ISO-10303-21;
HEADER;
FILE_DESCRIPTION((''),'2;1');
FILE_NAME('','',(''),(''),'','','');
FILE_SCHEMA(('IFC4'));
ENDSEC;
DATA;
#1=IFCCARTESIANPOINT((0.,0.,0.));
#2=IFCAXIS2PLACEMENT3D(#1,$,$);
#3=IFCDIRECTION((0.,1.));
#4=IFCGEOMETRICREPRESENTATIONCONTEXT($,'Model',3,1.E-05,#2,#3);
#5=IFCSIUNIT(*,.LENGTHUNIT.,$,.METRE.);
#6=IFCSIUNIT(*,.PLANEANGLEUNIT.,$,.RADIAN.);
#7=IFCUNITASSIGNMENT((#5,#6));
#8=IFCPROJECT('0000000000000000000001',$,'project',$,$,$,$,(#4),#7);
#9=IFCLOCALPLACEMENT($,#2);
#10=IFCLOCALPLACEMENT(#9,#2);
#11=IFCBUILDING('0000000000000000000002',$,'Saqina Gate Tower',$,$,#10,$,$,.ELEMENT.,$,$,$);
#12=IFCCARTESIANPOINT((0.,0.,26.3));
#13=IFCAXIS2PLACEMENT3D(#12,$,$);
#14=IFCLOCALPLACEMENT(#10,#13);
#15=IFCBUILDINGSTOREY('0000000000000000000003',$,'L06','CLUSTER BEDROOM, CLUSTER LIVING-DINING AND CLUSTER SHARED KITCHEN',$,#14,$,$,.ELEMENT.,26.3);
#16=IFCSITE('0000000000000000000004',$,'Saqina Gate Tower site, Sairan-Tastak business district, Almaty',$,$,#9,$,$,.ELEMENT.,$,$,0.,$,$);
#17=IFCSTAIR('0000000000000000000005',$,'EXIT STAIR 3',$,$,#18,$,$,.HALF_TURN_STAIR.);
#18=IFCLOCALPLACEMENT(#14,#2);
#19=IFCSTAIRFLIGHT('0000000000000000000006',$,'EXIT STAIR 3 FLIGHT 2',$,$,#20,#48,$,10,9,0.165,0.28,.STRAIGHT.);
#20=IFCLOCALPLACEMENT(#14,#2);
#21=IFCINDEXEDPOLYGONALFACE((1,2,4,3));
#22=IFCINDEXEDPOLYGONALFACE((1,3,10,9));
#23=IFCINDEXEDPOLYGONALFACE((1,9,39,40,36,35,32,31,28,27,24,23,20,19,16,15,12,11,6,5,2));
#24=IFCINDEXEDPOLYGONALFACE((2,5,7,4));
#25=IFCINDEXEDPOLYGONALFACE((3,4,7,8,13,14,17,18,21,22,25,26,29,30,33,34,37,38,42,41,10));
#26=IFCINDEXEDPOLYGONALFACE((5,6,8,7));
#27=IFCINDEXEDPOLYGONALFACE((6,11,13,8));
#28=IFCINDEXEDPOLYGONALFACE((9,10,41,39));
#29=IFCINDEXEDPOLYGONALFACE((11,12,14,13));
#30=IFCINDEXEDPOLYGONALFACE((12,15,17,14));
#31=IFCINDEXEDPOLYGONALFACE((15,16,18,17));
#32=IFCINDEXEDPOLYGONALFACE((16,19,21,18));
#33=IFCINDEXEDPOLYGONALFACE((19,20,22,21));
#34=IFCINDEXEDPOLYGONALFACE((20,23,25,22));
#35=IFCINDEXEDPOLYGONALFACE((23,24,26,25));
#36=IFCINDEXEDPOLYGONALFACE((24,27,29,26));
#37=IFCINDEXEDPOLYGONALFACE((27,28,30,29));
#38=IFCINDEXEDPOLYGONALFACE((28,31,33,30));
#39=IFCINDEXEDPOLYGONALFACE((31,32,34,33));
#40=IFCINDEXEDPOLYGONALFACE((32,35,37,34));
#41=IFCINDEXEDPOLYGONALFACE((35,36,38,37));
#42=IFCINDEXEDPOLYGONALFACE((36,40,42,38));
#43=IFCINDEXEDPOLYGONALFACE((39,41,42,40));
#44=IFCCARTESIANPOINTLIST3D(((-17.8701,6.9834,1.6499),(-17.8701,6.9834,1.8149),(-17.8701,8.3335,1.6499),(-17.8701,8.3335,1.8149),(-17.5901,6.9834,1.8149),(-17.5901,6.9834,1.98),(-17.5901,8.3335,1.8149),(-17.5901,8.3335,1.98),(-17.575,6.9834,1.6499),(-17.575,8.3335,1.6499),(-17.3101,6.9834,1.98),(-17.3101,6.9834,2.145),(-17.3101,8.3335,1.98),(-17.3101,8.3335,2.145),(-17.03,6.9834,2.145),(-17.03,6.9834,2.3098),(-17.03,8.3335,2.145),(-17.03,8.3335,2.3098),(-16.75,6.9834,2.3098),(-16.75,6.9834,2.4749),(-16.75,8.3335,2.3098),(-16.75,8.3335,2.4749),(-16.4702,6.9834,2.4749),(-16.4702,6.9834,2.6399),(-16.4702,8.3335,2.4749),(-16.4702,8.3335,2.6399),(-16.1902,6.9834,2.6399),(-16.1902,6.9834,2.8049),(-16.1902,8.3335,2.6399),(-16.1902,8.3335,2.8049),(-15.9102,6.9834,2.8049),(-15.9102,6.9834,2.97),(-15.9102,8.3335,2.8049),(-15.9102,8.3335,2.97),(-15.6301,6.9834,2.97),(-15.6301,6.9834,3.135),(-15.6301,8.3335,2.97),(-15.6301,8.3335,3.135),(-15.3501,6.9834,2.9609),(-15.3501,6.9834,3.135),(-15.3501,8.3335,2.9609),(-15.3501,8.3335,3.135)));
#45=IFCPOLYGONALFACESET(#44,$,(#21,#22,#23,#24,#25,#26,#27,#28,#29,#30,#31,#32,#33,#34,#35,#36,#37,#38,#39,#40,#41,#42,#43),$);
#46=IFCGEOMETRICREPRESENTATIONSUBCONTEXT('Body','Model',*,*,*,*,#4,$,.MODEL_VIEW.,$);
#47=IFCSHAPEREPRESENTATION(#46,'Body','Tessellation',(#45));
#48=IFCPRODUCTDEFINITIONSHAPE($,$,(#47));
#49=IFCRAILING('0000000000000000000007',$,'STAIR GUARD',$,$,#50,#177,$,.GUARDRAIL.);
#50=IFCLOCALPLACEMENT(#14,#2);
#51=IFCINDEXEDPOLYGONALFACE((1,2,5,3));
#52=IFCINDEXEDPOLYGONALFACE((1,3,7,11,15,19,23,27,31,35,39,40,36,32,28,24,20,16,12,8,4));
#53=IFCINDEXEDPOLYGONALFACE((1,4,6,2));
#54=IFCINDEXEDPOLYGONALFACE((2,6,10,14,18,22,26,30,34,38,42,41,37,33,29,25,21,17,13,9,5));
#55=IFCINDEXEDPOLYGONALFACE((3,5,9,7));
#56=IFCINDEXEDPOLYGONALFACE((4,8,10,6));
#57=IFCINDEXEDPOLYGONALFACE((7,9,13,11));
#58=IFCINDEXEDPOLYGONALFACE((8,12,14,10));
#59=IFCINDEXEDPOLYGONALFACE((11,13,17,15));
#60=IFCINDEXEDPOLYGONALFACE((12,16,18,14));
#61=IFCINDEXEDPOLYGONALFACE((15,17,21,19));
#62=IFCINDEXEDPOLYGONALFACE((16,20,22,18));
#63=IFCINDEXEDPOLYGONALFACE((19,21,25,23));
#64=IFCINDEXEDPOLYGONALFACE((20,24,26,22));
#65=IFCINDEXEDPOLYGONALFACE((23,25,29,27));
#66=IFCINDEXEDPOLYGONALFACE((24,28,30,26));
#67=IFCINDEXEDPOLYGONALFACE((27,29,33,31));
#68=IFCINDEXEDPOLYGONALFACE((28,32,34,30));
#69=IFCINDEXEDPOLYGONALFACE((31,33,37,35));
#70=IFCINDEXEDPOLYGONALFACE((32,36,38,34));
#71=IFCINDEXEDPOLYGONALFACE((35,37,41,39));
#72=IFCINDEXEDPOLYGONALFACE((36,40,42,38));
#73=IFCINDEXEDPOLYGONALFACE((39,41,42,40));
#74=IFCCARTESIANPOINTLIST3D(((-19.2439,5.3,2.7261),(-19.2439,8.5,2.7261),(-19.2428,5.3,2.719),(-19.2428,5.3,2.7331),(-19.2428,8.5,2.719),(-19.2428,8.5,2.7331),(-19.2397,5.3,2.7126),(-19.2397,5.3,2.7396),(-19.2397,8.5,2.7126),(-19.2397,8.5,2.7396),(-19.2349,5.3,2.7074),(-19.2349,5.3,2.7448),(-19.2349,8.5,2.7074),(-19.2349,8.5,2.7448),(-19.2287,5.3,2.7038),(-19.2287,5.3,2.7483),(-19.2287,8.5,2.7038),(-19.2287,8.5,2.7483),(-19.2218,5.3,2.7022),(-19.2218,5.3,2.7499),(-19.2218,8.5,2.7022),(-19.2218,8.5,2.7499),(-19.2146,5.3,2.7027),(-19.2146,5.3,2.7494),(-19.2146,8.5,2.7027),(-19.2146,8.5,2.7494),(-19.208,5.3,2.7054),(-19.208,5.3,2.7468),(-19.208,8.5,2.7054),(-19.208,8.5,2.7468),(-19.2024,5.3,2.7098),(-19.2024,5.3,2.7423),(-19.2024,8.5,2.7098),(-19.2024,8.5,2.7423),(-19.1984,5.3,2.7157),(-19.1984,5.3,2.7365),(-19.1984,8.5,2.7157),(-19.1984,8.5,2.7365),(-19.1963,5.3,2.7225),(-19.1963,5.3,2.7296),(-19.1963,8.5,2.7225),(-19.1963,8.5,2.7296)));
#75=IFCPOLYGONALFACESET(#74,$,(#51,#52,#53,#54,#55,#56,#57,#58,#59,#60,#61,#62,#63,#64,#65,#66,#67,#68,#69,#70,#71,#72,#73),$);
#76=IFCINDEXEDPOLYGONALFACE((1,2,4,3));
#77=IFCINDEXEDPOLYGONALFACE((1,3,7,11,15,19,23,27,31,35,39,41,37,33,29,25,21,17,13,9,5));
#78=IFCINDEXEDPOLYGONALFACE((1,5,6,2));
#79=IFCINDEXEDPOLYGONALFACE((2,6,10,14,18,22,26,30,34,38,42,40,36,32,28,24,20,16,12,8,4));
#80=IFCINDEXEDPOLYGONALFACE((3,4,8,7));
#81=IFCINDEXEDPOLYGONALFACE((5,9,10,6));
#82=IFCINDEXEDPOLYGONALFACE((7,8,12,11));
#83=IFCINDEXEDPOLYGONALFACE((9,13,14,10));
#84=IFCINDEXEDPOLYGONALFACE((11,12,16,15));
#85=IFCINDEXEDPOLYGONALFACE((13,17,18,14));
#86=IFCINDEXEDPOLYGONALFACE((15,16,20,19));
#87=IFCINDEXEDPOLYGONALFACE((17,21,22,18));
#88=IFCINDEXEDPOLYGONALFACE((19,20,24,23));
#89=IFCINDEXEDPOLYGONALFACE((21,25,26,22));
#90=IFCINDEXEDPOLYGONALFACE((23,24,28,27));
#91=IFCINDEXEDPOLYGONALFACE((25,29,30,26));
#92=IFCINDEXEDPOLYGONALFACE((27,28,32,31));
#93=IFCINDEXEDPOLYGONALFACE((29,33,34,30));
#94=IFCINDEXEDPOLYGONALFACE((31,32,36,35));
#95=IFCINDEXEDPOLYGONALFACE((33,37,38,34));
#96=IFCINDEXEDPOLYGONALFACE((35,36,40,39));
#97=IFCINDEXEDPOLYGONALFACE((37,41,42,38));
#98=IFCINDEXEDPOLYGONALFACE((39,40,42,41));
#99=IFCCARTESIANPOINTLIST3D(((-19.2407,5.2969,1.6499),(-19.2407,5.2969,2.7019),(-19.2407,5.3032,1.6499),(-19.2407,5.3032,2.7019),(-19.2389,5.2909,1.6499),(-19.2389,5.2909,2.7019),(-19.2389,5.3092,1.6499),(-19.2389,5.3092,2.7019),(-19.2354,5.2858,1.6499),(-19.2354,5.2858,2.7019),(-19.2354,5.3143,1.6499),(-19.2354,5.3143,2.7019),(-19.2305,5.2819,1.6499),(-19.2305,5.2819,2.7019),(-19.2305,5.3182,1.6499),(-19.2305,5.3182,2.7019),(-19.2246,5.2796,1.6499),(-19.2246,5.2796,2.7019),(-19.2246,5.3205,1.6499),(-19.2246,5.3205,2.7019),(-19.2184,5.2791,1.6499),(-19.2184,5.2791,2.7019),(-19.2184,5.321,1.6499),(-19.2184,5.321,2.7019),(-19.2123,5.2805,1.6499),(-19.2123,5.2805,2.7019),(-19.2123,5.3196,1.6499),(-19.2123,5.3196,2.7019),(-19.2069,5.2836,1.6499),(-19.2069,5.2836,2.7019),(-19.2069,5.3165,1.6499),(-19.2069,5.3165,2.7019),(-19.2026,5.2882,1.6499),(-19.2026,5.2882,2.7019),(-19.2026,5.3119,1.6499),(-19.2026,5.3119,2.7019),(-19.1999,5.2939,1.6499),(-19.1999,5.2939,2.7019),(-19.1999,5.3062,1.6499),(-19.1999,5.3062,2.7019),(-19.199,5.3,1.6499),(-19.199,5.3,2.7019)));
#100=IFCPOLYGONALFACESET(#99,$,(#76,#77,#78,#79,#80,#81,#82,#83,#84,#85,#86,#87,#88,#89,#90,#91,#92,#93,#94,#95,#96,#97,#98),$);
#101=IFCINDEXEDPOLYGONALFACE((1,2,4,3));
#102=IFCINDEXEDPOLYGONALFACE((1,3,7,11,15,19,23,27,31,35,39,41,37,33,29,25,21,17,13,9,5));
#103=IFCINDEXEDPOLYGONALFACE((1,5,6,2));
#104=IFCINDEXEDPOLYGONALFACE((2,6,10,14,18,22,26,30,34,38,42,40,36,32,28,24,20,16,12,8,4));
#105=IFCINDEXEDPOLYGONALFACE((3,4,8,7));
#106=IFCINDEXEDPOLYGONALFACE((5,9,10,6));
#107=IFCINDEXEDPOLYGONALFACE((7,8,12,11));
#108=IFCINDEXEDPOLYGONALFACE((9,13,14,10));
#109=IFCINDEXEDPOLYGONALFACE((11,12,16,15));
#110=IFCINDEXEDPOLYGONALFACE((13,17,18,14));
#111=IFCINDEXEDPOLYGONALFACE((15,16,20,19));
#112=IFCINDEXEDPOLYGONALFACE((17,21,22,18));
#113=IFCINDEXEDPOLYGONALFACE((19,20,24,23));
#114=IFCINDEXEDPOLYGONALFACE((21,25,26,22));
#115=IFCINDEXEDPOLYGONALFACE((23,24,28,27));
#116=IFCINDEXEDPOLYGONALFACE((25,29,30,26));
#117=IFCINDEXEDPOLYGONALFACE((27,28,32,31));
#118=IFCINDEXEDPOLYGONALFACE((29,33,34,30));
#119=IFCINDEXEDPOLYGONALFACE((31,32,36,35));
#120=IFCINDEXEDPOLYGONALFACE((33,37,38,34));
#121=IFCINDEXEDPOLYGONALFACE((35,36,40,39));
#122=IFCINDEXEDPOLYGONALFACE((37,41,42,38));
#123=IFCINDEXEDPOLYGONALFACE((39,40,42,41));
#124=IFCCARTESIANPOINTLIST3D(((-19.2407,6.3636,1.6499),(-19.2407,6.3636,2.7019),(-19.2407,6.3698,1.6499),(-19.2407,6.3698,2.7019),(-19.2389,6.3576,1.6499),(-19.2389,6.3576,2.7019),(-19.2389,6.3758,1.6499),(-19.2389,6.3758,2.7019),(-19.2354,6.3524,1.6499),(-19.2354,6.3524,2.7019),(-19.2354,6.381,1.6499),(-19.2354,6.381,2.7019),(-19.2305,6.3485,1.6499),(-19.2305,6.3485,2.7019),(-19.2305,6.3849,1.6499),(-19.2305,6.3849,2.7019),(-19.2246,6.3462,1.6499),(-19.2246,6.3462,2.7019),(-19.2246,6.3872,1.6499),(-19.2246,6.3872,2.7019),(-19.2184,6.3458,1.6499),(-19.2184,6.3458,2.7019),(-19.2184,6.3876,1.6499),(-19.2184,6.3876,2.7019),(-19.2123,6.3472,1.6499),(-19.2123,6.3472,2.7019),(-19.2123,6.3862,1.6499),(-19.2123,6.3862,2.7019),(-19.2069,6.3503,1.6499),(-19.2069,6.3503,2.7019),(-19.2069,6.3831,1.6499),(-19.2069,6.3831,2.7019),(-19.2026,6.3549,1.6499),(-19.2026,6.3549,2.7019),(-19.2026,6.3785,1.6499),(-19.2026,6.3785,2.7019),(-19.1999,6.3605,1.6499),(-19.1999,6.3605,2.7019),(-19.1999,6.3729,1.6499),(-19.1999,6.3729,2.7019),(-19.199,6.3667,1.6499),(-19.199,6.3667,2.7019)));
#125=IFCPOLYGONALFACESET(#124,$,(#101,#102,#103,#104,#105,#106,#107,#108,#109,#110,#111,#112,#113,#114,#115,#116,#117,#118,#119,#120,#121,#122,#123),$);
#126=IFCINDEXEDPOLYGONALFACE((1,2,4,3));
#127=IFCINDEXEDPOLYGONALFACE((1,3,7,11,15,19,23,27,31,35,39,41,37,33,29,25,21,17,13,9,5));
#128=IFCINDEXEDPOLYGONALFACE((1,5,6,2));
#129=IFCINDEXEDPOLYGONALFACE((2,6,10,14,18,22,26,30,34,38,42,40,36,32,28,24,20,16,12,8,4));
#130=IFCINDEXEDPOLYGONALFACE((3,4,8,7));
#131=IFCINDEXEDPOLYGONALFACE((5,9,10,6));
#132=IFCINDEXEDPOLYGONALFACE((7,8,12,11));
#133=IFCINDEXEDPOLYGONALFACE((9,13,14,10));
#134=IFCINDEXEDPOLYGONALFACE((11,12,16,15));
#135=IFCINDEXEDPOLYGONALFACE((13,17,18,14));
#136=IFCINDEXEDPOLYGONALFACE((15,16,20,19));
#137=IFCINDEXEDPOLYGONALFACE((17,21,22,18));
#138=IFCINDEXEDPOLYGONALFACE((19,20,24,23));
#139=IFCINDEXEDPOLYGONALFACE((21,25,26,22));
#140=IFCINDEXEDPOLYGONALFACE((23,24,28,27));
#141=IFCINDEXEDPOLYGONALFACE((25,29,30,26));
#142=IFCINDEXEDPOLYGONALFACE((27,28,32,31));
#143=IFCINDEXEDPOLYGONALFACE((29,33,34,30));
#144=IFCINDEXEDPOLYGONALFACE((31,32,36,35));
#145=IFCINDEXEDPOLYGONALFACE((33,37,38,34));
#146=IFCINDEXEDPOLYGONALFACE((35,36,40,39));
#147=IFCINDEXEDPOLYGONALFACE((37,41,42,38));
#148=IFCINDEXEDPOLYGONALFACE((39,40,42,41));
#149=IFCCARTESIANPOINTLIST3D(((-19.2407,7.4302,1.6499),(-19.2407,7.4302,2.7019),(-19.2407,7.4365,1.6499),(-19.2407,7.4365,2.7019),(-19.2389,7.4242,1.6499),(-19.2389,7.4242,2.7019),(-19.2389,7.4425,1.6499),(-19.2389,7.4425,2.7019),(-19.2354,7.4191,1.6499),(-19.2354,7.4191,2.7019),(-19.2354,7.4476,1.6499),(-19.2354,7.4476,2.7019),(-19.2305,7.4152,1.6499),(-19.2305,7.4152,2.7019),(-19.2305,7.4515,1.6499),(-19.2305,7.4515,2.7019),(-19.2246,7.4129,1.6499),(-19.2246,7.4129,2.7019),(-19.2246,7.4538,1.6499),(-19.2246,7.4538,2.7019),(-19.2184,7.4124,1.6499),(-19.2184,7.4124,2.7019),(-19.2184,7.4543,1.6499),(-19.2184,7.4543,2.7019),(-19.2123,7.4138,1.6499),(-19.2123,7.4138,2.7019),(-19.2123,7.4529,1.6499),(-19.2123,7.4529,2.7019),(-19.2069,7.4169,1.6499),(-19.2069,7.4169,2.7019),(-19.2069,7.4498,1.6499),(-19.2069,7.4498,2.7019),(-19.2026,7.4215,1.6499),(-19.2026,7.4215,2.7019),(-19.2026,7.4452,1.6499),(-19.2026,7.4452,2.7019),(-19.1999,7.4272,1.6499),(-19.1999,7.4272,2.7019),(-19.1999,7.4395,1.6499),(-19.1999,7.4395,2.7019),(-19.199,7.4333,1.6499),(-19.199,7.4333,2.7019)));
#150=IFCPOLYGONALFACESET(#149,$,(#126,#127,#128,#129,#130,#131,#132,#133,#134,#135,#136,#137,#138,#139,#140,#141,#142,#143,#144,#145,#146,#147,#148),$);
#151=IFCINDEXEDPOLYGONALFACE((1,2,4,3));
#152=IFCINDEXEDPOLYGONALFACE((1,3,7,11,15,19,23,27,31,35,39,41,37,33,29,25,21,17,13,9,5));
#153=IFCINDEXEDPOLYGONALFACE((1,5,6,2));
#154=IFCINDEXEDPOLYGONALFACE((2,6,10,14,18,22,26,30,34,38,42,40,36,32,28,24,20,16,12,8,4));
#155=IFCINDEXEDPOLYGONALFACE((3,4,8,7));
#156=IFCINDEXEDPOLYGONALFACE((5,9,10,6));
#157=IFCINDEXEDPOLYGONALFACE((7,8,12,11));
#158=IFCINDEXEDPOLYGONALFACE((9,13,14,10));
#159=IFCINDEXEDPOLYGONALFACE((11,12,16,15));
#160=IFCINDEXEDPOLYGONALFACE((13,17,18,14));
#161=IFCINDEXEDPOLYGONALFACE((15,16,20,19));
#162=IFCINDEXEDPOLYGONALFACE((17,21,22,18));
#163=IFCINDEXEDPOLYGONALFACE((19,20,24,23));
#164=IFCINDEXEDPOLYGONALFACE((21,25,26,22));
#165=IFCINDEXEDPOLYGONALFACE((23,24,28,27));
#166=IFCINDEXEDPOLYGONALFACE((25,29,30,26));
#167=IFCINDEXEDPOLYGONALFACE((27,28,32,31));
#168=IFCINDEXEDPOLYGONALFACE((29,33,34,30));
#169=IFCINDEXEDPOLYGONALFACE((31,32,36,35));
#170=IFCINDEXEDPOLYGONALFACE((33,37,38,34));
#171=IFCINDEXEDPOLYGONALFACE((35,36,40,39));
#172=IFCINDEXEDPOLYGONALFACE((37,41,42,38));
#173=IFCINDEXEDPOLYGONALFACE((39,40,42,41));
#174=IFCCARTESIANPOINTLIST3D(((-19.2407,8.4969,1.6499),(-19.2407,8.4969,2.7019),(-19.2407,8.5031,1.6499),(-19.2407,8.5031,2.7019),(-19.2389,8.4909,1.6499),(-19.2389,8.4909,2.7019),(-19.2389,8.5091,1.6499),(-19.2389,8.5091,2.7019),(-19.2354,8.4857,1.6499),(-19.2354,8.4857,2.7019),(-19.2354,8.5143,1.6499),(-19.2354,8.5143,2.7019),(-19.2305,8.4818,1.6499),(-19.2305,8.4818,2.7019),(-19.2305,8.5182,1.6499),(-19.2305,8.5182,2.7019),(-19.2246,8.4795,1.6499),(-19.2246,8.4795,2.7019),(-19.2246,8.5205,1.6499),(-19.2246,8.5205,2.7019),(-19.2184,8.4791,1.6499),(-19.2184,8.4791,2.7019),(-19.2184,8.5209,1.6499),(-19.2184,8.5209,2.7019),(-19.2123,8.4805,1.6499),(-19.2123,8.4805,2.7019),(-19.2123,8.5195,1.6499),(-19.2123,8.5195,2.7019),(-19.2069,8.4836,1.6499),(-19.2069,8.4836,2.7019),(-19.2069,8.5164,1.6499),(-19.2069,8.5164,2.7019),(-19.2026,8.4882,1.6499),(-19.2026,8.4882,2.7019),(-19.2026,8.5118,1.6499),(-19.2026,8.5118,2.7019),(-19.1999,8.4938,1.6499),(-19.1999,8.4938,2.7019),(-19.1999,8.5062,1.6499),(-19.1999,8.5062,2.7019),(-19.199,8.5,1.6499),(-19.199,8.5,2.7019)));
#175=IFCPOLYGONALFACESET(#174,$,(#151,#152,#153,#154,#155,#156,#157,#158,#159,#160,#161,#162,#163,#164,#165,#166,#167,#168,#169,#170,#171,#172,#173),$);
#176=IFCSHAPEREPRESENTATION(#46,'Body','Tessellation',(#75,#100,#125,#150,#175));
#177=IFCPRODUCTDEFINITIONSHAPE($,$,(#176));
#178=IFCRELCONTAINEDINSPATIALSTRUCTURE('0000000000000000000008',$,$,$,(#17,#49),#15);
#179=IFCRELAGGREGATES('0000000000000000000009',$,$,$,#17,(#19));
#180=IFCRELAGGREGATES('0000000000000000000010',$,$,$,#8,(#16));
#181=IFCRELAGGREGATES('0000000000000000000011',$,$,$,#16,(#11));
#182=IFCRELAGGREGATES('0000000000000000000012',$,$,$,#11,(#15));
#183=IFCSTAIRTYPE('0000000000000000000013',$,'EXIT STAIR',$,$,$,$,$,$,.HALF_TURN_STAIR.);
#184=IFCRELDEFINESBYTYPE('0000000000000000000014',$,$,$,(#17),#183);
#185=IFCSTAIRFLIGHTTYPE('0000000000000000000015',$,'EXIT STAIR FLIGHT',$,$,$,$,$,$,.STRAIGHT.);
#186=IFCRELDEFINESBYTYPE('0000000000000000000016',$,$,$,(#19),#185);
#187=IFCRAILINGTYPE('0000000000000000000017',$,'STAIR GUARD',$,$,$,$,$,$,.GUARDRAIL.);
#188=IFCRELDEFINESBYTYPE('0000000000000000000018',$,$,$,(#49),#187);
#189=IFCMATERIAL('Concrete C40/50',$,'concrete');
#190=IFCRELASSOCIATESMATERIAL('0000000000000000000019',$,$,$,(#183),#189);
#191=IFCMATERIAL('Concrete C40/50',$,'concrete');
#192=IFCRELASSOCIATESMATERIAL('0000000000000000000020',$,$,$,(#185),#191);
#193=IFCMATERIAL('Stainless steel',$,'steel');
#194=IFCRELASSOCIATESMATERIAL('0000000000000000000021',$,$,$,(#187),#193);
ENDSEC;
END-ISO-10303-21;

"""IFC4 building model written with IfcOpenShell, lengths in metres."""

from ifc_helpers import new_model, si_unit, direction, frame, origin, origin_2d, place, context, subcontext, project, spatial, polyline, circle, outline, extrude, material, type_object, element, aggregate, save


model = new_model("IFC4")

# Units and contexts
model_context = context("Model", 3, precision=1e-05, world=origin(), true_north=direction((0.0, 1.0)))
body_context = subcontext(model_context, "Body", "Model", "MODEL_VIEW")
ifc_project = project(units=[si_unit("LENGTHUNIT", "METRE"), si_unit("PLANEANGLEUNIT", "RADIAN")], contexts=[model_context])

# Site, building, storey
site_placement = place(None, origin())
site = spatial("IfcSite", under=ifc_project, at=site_placement, Name="Saqina Gate Tower site, Sairan-Tastak business district, Almaty", CompositionType="ELEMENT", RefElevation=0.0)
building_placement = place(site_placement, origin())
building = spatial("IfcBuilding", under=site, at=building_placement, Name="Saqina Gate Tower", CompositionType="ELEMENT")
storey_placement = place(building_placement, frame((0.0, 0.0, 26.3)))
storey = spatial("IfcBuildingStorey", under=building, at=storey_placement, Name="L06", Description="CLUSTER BEDROOM, CLUSTER LIVING-DINING AND CLUSTER SHARED KITCHEN", CompositionType="ELEMENT", Elevation=26.3)

# Stair, stair flight
ifc_material_1 = material(Name="Concrete C40/50", Category="concrete")
stair_type = type_object("IfcStairType", Name="EXIT STAIR", PredefinedType="HALF_TURN_STAIR", material=ifc_material_1)
stair_placement = place(storey_placement, origin())
stair = element("IfcStair", 1, at=stair_placement, inside=storey, type_object=stair_type, Name="EXIT STAIR 3", PredefinedType="HALF_TURN_STAIR")
ifc_material_2 = material(Name="Concrete C40/50", Category="concrete")
stair_flight_type = type_object("IfcStairFlightType", Name="EXIT STAIR FLIGHT", PredefinedType="STRAIGHT", material=ifc_material_2)
stair_flight_1_placement = place(storey_placement, frame((-17.8701, 7.6584, 1.6499), z_axis=(0.0, 0.0, 1.0), x_axis=(1.0, 0.0, 0.0)))
stair_flight_1 = element("IfcStairFlight", 2, at=stair_flight_1_placement, type_object=stair_flight_type, Name="EXIT STAIR 3 FLIGHT 2", NumberOfRisers=10, NumberOfTreads=9, PredefinedType="STRAIGHT", RiserHeight=0.165, TreadLength=0.28, context=body_context, shape_type="SweptSolid", body=[
    extrude(outline(polyline([(0.0, 0.0), (0.0, 0.165), (0.28, 0.165), (0.28, 0.3301), (0.5601, 0.3301), (0.5601, 0.4951), (0.8401, 0.4951), (0.8401, 0.6599), (1.1201, 0.6599), (1.1201, 0.825), (1.3999, 0.825), (1.3999, 0.99), (1.6799, 0.99), (1.6799, 1.155), (1.96, 1.155), (1.96, 1.3201), (2.24, 1.3201), (2.24, 1.4851), (2.52, 1.4851), (2.52, 1.6499), (2.52, 1.311), (0.2952, 0.0), (0.0, 0.0)])), frame((0.0, 0.675, 0.0), z_axis=(0.0, -1.0, 0.0), x_axis=(1.0, 0.0, 0.0)), (0.0, 0.0, 1.0), 1.3501),
])
aggregate(stair, [stair_flight_1])

# Railing
ifc_material_3 = material(Name="Stainless steel", Category="steel")
railing_type_1 = type_object("IfcRailingType", Name="STAIR GUARD", PredefinedType="GUARDRAIL", material=ifc_material_3)
railing_1_placement = place(storey_placement, frame((-19.22, 5.3, 1.6499)))
element("IfcRailing", 3, at=railing_1_placement, inside=storey, type_object=railing_type_1, Name="STAIR GUARD", PredefinedType="GUARDRAIL", context=body_context, shape_type="SweptSolid", body=[
    extrude(circle(Radius=0.0239, at=origin_2d()), frame((0.0, 0.0, 1.0762), z_axis=(0.0, 1.0, 0.0), x_axis=(-1.0, 0.0, 0.0)), (0.0, 0.0, 1.0), 3.2),
    extrude(circle(Radius=0.021, at=origin_2d()), origin(), (0.0, 0.0, 1.0), 1.052),
    extrude(circle(Radius=0.021, at=origin_2d()), frame((0.0, 1.0667, 0.0)), (0.0, 0.0, 1.0), 1.052),
    extrude(circle(Radius=0.021, at=origin_2d()), frame((0.0, 2.1333, 0.0)), (0.0, 0.0, 1.0), 1.052),
    extrude(circle(Radius=0.021, at=origin_2d()), frame((0.0, 3.2, 0.0)), (0.0, 0.0, 1.0), 1.052),
])

save(model, "model.ifc")
